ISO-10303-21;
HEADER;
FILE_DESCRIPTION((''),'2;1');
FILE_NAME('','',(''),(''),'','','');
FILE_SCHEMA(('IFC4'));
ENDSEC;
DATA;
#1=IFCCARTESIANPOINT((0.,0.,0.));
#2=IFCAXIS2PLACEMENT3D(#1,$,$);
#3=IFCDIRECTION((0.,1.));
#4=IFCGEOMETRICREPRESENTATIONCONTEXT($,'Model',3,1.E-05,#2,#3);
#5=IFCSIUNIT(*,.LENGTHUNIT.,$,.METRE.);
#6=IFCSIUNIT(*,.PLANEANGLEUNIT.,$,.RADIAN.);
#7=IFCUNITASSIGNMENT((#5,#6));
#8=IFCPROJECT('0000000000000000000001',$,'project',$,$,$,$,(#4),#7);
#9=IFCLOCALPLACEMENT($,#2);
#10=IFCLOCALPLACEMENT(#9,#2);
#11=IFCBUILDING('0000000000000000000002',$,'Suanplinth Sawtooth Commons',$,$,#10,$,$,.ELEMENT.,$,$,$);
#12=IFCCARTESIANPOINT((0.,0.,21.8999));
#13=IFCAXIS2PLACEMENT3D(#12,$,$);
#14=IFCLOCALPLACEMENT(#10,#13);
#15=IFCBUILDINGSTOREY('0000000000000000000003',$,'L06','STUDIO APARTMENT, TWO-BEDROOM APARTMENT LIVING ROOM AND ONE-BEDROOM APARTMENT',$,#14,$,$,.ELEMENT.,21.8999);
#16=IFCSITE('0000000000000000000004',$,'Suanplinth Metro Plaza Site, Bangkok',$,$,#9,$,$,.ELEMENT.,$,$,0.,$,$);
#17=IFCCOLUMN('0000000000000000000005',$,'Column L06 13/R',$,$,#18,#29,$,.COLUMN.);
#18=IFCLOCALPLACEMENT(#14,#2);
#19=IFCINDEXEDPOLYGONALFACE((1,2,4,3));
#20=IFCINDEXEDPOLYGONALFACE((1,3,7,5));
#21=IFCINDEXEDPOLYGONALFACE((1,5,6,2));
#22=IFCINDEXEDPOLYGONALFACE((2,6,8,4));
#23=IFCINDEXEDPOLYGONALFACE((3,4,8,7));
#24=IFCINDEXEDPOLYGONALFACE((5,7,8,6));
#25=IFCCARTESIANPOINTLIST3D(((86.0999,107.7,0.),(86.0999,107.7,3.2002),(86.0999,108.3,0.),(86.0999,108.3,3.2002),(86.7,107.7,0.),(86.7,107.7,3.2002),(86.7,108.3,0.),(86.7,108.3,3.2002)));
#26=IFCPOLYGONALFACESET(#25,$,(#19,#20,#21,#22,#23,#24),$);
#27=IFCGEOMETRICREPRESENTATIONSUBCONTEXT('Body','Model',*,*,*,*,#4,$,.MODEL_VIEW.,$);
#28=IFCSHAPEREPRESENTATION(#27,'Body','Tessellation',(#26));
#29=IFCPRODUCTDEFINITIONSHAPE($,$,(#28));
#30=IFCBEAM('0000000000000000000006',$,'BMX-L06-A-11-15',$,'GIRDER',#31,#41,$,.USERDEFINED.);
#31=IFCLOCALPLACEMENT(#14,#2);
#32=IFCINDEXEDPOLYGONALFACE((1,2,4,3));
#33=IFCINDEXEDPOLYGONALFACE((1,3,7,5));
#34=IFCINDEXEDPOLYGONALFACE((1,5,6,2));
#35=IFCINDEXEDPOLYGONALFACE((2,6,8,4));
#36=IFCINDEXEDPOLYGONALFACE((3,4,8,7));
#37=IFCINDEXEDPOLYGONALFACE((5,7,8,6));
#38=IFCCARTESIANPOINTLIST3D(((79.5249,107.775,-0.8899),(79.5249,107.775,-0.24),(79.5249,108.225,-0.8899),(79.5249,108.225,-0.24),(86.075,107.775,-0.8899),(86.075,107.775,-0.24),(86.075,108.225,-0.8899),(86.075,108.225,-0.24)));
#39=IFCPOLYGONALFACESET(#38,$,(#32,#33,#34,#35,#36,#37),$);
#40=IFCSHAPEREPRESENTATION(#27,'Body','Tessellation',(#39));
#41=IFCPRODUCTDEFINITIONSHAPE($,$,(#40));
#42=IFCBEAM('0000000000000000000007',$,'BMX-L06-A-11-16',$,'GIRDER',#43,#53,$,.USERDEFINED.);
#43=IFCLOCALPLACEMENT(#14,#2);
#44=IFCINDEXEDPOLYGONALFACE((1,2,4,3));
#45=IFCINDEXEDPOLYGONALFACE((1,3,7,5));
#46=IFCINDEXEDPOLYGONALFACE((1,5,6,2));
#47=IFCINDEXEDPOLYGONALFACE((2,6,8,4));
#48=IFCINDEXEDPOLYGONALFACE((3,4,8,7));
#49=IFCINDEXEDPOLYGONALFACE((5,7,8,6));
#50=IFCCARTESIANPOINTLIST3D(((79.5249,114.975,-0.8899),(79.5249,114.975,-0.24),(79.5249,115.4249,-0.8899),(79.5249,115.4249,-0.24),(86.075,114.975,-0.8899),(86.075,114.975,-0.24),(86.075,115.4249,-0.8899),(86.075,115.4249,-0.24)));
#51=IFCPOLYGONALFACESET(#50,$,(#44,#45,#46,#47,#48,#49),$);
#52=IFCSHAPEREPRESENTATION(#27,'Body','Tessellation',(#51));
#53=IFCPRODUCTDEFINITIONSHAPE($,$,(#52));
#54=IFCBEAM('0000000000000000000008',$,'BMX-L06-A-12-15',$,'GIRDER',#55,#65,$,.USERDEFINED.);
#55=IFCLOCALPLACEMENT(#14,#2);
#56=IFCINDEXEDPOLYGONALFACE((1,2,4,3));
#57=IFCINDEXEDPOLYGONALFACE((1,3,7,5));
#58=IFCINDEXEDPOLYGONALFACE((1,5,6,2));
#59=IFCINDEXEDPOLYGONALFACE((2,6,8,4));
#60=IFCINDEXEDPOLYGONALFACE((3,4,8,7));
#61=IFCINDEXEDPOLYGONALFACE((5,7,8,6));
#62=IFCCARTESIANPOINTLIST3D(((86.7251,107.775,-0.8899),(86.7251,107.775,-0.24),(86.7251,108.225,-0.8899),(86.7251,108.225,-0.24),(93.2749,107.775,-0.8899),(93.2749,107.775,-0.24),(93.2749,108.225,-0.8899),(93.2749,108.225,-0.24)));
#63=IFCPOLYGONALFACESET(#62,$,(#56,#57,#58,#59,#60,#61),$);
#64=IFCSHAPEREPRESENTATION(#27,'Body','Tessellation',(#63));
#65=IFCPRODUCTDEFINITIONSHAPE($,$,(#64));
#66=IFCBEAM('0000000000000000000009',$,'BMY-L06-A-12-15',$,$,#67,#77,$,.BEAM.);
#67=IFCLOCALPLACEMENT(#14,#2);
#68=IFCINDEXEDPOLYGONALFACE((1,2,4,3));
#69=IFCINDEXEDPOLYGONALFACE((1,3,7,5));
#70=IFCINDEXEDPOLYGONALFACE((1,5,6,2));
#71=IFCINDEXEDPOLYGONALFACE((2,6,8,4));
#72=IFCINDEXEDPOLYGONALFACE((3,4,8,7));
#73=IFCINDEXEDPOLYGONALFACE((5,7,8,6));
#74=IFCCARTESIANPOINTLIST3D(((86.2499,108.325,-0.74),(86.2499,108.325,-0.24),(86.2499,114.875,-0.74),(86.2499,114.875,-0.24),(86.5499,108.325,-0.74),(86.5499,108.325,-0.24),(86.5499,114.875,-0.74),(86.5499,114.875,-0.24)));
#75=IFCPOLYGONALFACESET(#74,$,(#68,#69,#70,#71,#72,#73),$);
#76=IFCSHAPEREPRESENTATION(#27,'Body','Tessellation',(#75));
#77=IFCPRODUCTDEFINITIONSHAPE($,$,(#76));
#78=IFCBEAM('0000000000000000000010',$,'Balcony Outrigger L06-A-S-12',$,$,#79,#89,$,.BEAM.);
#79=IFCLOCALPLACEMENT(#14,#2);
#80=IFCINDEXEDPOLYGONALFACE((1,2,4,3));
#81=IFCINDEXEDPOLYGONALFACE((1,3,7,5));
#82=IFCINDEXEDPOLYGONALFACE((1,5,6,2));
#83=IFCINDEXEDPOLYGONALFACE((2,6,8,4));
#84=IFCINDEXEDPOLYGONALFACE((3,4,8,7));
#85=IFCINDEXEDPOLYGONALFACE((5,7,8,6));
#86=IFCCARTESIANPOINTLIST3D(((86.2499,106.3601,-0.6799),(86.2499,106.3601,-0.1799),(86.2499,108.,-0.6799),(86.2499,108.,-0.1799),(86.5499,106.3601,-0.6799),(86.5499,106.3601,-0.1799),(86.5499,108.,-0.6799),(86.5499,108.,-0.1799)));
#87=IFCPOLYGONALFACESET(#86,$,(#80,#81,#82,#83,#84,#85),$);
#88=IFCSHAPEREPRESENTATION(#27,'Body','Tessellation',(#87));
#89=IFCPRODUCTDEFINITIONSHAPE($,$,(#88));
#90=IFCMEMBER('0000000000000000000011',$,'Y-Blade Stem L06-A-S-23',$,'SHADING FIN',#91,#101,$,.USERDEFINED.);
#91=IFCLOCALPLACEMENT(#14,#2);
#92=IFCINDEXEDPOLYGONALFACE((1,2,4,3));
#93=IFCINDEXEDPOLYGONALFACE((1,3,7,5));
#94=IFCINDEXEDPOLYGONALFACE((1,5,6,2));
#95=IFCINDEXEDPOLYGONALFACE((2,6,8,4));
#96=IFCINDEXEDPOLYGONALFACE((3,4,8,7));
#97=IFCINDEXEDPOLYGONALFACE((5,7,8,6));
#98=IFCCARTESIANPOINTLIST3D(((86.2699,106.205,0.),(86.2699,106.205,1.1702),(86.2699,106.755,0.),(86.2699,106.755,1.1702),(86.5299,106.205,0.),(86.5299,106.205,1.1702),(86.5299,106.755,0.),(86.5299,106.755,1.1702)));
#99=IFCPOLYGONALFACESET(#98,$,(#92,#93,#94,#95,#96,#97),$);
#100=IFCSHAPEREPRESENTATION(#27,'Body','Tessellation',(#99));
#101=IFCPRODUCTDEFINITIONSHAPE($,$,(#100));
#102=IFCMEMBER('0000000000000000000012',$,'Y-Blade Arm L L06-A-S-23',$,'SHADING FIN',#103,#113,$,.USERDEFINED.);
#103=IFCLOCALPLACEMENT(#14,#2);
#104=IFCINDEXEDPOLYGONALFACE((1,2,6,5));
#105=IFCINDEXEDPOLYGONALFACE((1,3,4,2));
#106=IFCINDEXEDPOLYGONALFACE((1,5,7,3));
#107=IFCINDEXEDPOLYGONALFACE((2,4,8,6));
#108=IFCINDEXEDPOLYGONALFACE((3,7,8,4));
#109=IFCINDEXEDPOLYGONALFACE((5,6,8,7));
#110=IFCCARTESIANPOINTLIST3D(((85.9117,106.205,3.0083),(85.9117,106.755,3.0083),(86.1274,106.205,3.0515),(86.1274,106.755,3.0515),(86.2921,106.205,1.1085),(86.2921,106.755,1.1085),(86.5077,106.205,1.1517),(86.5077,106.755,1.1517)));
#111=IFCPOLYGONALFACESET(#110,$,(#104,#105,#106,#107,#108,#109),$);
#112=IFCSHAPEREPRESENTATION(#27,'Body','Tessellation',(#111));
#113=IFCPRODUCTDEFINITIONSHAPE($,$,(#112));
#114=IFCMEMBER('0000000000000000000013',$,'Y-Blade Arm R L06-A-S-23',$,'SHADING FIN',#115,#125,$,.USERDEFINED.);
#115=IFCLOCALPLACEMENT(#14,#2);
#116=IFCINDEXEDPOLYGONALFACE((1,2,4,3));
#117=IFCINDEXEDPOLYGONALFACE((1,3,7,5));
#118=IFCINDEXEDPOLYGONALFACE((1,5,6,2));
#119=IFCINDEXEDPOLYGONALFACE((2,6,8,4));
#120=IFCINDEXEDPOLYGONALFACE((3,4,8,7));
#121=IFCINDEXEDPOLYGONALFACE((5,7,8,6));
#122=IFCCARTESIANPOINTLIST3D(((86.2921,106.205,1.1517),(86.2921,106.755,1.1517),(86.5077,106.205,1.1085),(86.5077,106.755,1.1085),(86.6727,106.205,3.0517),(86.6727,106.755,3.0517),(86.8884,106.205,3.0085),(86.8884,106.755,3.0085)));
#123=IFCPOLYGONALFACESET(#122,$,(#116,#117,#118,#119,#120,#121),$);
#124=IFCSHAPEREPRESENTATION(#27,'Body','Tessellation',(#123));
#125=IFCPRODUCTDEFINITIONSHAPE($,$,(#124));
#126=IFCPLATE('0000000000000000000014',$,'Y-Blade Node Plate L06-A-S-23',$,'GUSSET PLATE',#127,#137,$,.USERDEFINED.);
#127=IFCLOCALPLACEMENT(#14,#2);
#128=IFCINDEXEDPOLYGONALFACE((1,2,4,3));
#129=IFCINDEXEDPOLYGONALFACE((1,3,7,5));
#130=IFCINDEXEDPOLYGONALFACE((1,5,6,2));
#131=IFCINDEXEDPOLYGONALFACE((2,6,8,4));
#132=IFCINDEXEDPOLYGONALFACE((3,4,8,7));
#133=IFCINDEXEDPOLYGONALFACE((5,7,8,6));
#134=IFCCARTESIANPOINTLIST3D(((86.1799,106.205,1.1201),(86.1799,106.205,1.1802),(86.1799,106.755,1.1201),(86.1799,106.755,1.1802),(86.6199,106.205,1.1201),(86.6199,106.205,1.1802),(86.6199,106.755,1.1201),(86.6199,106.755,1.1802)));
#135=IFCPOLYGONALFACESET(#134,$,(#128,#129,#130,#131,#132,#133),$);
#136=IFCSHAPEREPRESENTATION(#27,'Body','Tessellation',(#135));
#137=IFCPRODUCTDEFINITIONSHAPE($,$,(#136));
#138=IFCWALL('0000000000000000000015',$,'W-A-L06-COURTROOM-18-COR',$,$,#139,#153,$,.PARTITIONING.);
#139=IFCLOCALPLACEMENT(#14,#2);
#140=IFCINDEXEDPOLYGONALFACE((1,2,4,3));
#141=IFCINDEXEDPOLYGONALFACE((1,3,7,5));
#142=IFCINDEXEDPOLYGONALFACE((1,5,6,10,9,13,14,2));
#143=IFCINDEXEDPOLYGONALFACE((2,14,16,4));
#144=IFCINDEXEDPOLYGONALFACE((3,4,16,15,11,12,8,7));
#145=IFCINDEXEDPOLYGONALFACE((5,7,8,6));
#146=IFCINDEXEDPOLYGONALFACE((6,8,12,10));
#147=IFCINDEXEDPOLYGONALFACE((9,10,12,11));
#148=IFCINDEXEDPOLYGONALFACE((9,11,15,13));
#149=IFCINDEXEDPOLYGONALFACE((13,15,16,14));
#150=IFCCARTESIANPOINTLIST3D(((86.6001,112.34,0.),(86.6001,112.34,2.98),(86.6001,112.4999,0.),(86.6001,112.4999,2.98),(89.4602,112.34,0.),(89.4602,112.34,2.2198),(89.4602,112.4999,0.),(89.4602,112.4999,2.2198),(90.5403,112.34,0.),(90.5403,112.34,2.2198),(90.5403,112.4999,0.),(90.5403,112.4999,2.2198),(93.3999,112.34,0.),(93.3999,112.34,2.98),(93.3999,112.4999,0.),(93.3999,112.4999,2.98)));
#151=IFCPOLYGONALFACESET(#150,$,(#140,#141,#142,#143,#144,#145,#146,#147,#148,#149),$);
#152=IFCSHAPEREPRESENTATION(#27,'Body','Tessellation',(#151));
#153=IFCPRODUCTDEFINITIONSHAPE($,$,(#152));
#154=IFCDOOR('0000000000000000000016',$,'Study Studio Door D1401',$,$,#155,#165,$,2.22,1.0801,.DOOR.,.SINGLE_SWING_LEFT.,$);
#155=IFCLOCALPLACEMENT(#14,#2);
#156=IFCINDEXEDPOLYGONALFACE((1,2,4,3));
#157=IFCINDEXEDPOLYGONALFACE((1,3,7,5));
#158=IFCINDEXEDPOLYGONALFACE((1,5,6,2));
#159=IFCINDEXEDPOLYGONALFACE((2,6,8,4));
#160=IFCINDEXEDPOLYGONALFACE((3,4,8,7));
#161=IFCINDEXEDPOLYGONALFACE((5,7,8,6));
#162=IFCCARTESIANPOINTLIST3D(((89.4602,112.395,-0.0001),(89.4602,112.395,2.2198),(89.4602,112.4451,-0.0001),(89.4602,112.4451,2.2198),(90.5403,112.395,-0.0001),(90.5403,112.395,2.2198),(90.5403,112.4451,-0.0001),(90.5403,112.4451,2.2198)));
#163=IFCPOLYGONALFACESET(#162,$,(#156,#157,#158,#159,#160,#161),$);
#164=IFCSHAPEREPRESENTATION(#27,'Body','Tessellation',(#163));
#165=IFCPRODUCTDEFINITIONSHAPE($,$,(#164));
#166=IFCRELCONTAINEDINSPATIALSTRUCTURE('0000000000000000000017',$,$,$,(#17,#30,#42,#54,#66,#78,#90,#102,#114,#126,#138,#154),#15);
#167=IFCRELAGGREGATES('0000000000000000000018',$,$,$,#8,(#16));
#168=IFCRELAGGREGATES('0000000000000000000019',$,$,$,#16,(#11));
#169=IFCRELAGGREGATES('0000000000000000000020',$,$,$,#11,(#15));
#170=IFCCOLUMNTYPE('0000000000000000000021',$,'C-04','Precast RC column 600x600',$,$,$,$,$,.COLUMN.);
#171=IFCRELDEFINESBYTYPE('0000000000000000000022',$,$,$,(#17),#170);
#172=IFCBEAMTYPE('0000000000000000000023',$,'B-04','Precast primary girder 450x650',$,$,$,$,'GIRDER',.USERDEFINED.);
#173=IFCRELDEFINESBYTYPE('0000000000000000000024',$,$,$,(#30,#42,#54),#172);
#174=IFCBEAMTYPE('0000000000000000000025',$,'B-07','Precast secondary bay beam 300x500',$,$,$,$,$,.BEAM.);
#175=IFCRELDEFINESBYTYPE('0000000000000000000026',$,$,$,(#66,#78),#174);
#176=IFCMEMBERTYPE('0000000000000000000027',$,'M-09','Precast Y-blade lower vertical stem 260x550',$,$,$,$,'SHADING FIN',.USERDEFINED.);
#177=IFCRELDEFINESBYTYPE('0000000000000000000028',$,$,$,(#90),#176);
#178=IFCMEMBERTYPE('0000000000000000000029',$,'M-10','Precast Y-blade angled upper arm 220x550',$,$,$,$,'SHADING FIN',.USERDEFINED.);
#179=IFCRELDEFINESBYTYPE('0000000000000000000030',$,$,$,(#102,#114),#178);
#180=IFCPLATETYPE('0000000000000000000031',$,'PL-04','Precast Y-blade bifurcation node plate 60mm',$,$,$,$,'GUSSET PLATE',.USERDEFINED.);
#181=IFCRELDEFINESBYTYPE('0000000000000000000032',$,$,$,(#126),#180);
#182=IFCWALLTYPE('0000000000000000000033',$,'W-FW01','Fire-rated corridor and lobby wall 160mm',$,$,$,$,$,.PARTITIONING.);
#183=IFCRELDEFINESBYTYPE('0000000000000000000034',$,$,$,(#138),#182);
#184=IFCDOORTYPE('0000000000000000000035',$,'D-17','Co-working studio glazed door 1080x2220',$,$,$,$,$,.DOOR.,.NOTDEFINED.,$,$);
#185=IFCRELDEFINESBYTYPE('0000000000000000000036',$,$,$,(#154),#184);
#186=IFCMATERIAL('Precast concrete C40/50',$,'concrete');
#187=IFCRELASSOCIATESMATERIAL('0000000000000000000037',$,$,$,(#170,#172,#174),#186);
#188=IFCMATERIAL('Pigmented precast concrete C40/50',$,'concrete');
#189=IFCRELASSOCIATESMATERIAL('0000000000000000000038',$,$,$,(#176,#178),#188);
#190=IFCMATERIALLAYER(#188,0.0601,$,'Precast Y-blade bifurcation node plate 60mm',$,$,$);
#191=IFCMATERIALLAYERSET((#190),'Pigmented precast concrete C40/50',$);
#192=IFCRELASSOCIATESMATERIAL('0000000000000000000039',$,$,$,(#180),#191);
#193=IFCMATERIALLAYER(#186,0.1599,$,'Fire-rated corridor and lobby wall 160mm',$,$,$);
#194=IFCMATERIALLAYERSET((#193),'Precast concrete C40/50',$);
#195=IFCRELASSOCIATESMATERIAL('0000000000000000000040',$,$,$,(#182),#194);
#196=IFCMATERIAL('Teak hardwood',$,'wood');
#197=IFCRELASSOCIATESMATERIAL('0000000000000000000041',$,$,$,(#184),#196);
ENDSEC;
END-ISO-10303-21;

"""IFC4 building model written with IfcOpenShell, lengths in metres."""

from ifc_helpers import new_model, si_unit, direction, frame, frame_2d, origin, origin_2d, place, context, subcontext, project, spatial, rectangle, extrude, material, layer, layer_set, material_profile, profile_set, type_object, element, fill, save


model = new_model("IFC4")

# Units and contexts
model_context = context("Model", 3, precision=1e-05, world=origin(), true_north=direction((0.0, 1.0)))
body_context = subcontext(model_context, "Body", "Model", "MODEL_VIEW")
ifc_project = project(units=[si_unit("LENGTHUNIT", "METRE"), si_unit("PLANEANGLEUNIT", "RADIAN")], contexts=[model_context])

# Site, building, storey
site_placement = place(None, origin())
site = spatial("IfcSite", under=ifc_project, at=site_placement, Name="Suanplinth Metro Plaza Site, Bangkok", CompositionType="ELEMENT", RefElevation=0.0)
building_placement = place(site_placement, origin())
building = spatial("IfcBuilding", under=site, at=building_placement, Name="Suanplinth Sawtooth Commons", CompositionType="ELEMENT")
storey_placement = place(building_placement, frame((0.0, 0.0, 21.8999)))
storey = spatial("IfcBuildingStorey", under=building, at=storey_placement, Name="L06", Description="STUDIO APARTMENT, TWO-BEDROOM APARTMENT LIVING ROOM AND ONE-BEDROOM APARTMENT", CompositionType="ELEMENT", Elevation=21.8999)

# Column
ifc_material_1 = material(Name="Precast concrete C40/50", Category="concrete")
ifc_material_profile_1 = material_profile(ifc_material_1, rectangle(XDim=0.6001, YDim=0.6001, at=origin_2d()), Name="PC-COL 600x600")
ifc_profile_set_1 = profile_set([ifc_material_profile_1], Name="Precast concrete C40/50")
column_type = type_object("IfcColumnType", Name="C-04", Description="Precast RC column 600x600", PredefinedType="COLUMN", material=ifc_profile_set_1)
column_placement = place(storey_placement, frame((86.3999, 108.0, 0.0), z_axis=(0.0, 0.0, 1.0), x_axis=(1.0, 0.0, 0.0)))
element("IfcColumn", 1, at=column_placement, inside=storey, type_object=column_type, Name="Column L06 13/R", PredefinedType="COLUMN", context=body_context, shape_type="SweptSolid", body=[
    extrude(rectangle(XDim=0.6001, YDim=0.6001, at=origin_2d()), origin(), (0.0, 0.0, 1.0), 3.2002),
])

# Beams
ifc_material_profile_2 = material_profile(ifc_material_1, rectangle(XDim=0.45, YDim=0.6499, at=origin_2d()), Name="PC-GDR 450x650")
ifc_profile_set_2 = profile_set([ifc_material_profile_2], Name="Precast concrete C40/50")
beam_type_1 = type_object("IfcBeamType", Name="B-04", Description="Precast primary girder 450x650", ElementType="GIRDER", PredefinedType="USERDEFINED", material=ifc_profile_set_2)
for number, where, z_axis, x_axis, name in (
    (2, (79.5249, 108.0, -0.5649), (1.0, 0.0, 0.0), (0.0, 1.0, 0.0), "BMX-L06-A-11-15"),
    (3, (79.5249, 115.2, -0.5649), (1.0, 0.0, 0.0), (0.0, 1.0, 0.0), "BMX-L06-A-11-16"),
):
    element("IfcBeam", number, at=place(storey_placement, frame(where, z_axis=z_axis, x_axis=x_axis)), inside=storey, type_object=beam_type_1, Name=name, ObjectType="GIRDER", PredefinedType="USERDEFINED", context=body_context, shape_type="SweptSolid", body=[
        extrude(rectangle(XDim=0.45, YDim=0.6499, at=origin_2d()), origin(), (0.0, 0.0, 1.0), 6.55),
    ])
beam_1_placement = place(storey_placement, frame((86.7251, 108.0, -0.5649), z_axis=(1.0, 0.0, 0.0), x_axis=(0.0, 1.0, 0.0)))
element("IfcBeam", 4, at=beam_1_placement, inside=storey, type_object=beam_type_1, Name="BMX-L06-A-12-15", ObjectType="GIRDER", PredefinedType="USERDEFINED", context=body_context, shape_type="SweptSolid", body=[
    extrude(rectangle(XDim=0.45, YDim=0.6499, at=origin_2d()), origin(), (0.0, 0.0, 1.0), 6.5498),
])
ifc_material_profile_3 = material_profile(ifc_material_1, rectangle(XDim=0.3, YDim=0.5, at=origin_2d()), Name="PC-BM 300x500")
ifc_profile_set_3 = profile_set([ifc_material_profile_3], Name="Precast concrete C40/50")
beam_type_2 = type_object("IfcBeamType", Name="B-07", Description="Precast secondary bay beam 300x500", PredefinedType="BEAM", material=ifc_profile_set_3)
beam_2_placement = place(storey_placement, frame((86.3999, 108.325, -0.49), z_axis=(0.0, 1.0, 0.0), x_axis=(-1.0, 0.0, 0.0)))
element("IfcBeam", 5, at=beam_2_placement, inside=storey, type_object=beam_type_2, Name="BMY-L06-A-12-15", PredefinedType="BEAM", context=body_context, shape_type="SweptSolid", body=[
    extrude(rectangle(XDim=0.3, YDim=0.5, at=origin_2d()), origin(), (0.0, 0.0, 1.0), 6.55),
])
beam_3_placement = place(storey_placement, frame((86.3999, 108.0, -0.4299), z_axis=(0.0, -1.0, 0.0), x_axis=(1.0, 0.0, 0.0)))
element("IfcBeam", 6, at=beam_3_placement, inside=storey, type_object=beam_type_2, Name="Balcony Outrigger L06-A-S-12", PredefinedType="BEAM", context=body_context, shape_type="SweptSolid", body=[
    extrude(rectangle(XDim=0.3, YDim=0.5, at=origin_2d()), origin(), (0.0, 0.0, 1.0), 1.6399),
])

# Members
ifc_material_2 = material(Name="Pigmented precast concrete C40/50", Category="concrete")
ifc_material_profile_4 = material_profile(ifc_material_2, rectangle(XDim=0.26, YDim=0.55, at=origin_2d()), Name="PC-FIN 260x550")
ifc_profile_set_4 = profile_set([ifc_material_profile_4], Name="Pigmented precast concrete C40/50")
member_type_1 = type_object("IfcMemberType", Name="M-09", Description="Precast Y-blade lower vertical stem 260x550", ElementType="SHADING FIN", PredefinedType="USERDEFINED", material=ifc_profile_set_4)
member_1_placement = place(storey_placement, frame((86.3999, 106.48, 0.0), z_axis=(0.0, 0.0, 1.0), x_axis=(1.0, 0.0, 0.0)))
element("IfcMember", 7, at=member_1_placement, inside=storey, type_object=member_type_1, Name="Y-Blade Stem L06-A-S-23", ObjectType="SHADING FIN", PredefinedType="USERDEFINED", context=body_context, shape_type="SweptSolid", body=[
    extrude(rectangle(XDim=0.26, YDim=0.55, at=origin_2d()), origin(), (0.0, 0.0, 1.0), 1.1702),
])
ifc_material_profile_5 = material_profile(ifc_material_2, rectangle(XDim=0.22, YDim=0.55, at=origin_2d()), Name="PC-FIN 220x550")
ifc_profile_set_5 = profile_set([ifc_material_profile_5], Name="Pigmented precast concrete C40/50")
member_type_2 = type_object("IfcMemberType", Name="M-10", Description="Precast Y-blade angled upper arm 220x550", ElementType="SHADING FIN", PredefinedType="USERDEFINED", material=ifc_profile_set_5)
member_2_placement = place(storey_placement, frame((86.3999, 106.48, 1.1301), z_axis=(-0.19631, 0.0, 0.980542), x_axis=(0.980542, 0.0, 0.19631)))
element("IfcMember", 8, at=member_2_placement, inside=storey, type_object=member_type_2, Name="Y-Blade Arm L L06-A-S-23", ObjectType="SHADING FIN", PredefinedType="USERDEFINED", context=body_context, shape_type="SweptSolid", body=[
    extrude(rectangle(XDim=0.22, YDim=0.55, at=origin_2d()), origin(), (0.0, 0.0, 1.0), 1.9375),
])
member_3_placement = place(storey_placement, frame((86.3999, 106.48, 1.1301), z_axis=(0.196431, 0.0, 0.980518), x_axis=(-0.980518, 0.0, 0.196431)))
element("IfcMember", 9, at=member_3_placement, inside=storey, type_object=member_type_2, Name="Y-Blade Arm R L06-A-S-23", ObjectType="SHADING FIN", PredefinedType="USERDEFINED", context=body_context, shape_type="SweptSolid", body=[
    extrude(rectangle(XDim=0.22, YDim=0.55, at=origin_2d()), origin(), (0.0, 0.0, 1.0), 1.9377),
])

# Plate
ifc_layer_1 = layer(ifc_material_2, 0.0601, Name="Precast Y-blade bifurcation node plate 60mm")
ifc_layer_set_1 = layer_set([ifc_layer_1], Name="Pigmented precast concrete C40/50")
plate_type = type_object("IfcPlateType", Name="PL-04", Description="Precast Y-blade bifurcation node plate 60mm", ElementType="GUSSET PLATE", PredefinedType="USERDEFINED", material=ifc_layer_set_1)
plate_placement = place(storey_placement, frame((86.3999, 106.48, 1.1201), z_axis=(0.0, 0.0, 1.0), x_axis=(1.0, 0.0, 0.0)))
element("IfcPlate", 10, at=plate_placement, inside=storey, type_object=plate_type, Name="Y-Blade Node Plate L06-A-S-23", ObjectType="GUSSET PLATE", PredefinedType="USERDEFINED", context=body_context, shape_type="SweptSolid", body=[
    extrude(rectangle(XDim=0.4399, YDim=0.55, at=origin_2d()), origin(), (0.0, 0.0, 1.0), 0.0601),
])

# Wall, opening, door
ifc_layer_2 = layer(ifc_material_1, 0.1599, Name="Fire-rated corridor and lobby wall 160mm")
ifc_layer_set_2 = layer_set([ifc_layer_2], Name="Precast concrete C40/50")
wall_type_1 = type_object("IfcWallType", Name="W-FW01", Description="Fire-rated corridor and lobby wall 160mm", PredefinedType="PARTITIONING", material=ifc_layer_set_2)
wall_1_placement = place(storey_placement, frame((86.6001, 112.4199, 0.0), z_axis=(0.0, 0.0, 1.0), x_axis=(1.0, 0.0, 0.0)))
wall_1 = element("IfcWall", 11, at=wall_1_placement, inside=storey, type_object=wall_type_1, Name="W-A-L06-COURTROOM-18-COR", PredefinedType="PARTITIONING", context=body_context, shape_type="SweptSolid", body=[
    extrude(rectangle(XDim=6.7998, YDim=0.1599, at=frame_2d((3.3999, 0.0))), origin(), (0.0, 0.0, 1.0), 2.98),
])
opening_1_placement = place(wall_1_placement, frame((2.8601, 0.0, 0.0)))
opening_1 = element("IfcOpeningElement", 12, at=opening_1_placement, cuts=wall_1, PredefinedType="OPENING", context=body_context, shape_type="SweptSolid", body=[
    extrude(rectangle(XDim=1.0801, YDim=2.22, at=frame_2d((0.54, 1.1099))), frame((0.0, 0.0947, 0.0), z_axis=(0.0, -1.0, 0.0), x_axis=(1.0, 0.0, 0.0)), (0.0, 0.0, 1.0), 0.1897),
])
ifc_material_3 = material(Name="Teak hardwood", Category="wood")
door_type_1 = type_object("IfcDoorType", Name="D-17", Description="Co-working studio glazed door 1080x2220", OperationType="NOTDEFINED", PredefinedType="DOOR", material=ifc_material_3)
door_1_placement = place(opening_1_placement, frame((1.0801, 0.0, 0.0), z_axis=(0.0, 0.0, 1.0), x_axis=(-1.0, 0.0, 0.0)))
door_1 = element("IfcDoor", 13, at=door_1_placement, inside=storey, type_object=door_type_1, Name="Study Studio Door D1401", OperationType="SINGLE_SWING_LEFT", OverallHeight=2.22, OverallWidth=1.0801, PredefinedType="DOOR", context=body_context, shape_type="SweptSolid", body=[
    extrude(rectangle(XDim=1.0801, YDim=2.22, at=frame_2d((0.54, 1.1099))), frame((0.0, 0.0249, 0.0), z_axis=(0.0, -1.0, 0.0), x_axis=(1.0, 0.0, 0.0)), (0.0, 0.0, 1.0), 0.05),
])
fill(opening_1, door_1)

save(model, "model.ifc")
